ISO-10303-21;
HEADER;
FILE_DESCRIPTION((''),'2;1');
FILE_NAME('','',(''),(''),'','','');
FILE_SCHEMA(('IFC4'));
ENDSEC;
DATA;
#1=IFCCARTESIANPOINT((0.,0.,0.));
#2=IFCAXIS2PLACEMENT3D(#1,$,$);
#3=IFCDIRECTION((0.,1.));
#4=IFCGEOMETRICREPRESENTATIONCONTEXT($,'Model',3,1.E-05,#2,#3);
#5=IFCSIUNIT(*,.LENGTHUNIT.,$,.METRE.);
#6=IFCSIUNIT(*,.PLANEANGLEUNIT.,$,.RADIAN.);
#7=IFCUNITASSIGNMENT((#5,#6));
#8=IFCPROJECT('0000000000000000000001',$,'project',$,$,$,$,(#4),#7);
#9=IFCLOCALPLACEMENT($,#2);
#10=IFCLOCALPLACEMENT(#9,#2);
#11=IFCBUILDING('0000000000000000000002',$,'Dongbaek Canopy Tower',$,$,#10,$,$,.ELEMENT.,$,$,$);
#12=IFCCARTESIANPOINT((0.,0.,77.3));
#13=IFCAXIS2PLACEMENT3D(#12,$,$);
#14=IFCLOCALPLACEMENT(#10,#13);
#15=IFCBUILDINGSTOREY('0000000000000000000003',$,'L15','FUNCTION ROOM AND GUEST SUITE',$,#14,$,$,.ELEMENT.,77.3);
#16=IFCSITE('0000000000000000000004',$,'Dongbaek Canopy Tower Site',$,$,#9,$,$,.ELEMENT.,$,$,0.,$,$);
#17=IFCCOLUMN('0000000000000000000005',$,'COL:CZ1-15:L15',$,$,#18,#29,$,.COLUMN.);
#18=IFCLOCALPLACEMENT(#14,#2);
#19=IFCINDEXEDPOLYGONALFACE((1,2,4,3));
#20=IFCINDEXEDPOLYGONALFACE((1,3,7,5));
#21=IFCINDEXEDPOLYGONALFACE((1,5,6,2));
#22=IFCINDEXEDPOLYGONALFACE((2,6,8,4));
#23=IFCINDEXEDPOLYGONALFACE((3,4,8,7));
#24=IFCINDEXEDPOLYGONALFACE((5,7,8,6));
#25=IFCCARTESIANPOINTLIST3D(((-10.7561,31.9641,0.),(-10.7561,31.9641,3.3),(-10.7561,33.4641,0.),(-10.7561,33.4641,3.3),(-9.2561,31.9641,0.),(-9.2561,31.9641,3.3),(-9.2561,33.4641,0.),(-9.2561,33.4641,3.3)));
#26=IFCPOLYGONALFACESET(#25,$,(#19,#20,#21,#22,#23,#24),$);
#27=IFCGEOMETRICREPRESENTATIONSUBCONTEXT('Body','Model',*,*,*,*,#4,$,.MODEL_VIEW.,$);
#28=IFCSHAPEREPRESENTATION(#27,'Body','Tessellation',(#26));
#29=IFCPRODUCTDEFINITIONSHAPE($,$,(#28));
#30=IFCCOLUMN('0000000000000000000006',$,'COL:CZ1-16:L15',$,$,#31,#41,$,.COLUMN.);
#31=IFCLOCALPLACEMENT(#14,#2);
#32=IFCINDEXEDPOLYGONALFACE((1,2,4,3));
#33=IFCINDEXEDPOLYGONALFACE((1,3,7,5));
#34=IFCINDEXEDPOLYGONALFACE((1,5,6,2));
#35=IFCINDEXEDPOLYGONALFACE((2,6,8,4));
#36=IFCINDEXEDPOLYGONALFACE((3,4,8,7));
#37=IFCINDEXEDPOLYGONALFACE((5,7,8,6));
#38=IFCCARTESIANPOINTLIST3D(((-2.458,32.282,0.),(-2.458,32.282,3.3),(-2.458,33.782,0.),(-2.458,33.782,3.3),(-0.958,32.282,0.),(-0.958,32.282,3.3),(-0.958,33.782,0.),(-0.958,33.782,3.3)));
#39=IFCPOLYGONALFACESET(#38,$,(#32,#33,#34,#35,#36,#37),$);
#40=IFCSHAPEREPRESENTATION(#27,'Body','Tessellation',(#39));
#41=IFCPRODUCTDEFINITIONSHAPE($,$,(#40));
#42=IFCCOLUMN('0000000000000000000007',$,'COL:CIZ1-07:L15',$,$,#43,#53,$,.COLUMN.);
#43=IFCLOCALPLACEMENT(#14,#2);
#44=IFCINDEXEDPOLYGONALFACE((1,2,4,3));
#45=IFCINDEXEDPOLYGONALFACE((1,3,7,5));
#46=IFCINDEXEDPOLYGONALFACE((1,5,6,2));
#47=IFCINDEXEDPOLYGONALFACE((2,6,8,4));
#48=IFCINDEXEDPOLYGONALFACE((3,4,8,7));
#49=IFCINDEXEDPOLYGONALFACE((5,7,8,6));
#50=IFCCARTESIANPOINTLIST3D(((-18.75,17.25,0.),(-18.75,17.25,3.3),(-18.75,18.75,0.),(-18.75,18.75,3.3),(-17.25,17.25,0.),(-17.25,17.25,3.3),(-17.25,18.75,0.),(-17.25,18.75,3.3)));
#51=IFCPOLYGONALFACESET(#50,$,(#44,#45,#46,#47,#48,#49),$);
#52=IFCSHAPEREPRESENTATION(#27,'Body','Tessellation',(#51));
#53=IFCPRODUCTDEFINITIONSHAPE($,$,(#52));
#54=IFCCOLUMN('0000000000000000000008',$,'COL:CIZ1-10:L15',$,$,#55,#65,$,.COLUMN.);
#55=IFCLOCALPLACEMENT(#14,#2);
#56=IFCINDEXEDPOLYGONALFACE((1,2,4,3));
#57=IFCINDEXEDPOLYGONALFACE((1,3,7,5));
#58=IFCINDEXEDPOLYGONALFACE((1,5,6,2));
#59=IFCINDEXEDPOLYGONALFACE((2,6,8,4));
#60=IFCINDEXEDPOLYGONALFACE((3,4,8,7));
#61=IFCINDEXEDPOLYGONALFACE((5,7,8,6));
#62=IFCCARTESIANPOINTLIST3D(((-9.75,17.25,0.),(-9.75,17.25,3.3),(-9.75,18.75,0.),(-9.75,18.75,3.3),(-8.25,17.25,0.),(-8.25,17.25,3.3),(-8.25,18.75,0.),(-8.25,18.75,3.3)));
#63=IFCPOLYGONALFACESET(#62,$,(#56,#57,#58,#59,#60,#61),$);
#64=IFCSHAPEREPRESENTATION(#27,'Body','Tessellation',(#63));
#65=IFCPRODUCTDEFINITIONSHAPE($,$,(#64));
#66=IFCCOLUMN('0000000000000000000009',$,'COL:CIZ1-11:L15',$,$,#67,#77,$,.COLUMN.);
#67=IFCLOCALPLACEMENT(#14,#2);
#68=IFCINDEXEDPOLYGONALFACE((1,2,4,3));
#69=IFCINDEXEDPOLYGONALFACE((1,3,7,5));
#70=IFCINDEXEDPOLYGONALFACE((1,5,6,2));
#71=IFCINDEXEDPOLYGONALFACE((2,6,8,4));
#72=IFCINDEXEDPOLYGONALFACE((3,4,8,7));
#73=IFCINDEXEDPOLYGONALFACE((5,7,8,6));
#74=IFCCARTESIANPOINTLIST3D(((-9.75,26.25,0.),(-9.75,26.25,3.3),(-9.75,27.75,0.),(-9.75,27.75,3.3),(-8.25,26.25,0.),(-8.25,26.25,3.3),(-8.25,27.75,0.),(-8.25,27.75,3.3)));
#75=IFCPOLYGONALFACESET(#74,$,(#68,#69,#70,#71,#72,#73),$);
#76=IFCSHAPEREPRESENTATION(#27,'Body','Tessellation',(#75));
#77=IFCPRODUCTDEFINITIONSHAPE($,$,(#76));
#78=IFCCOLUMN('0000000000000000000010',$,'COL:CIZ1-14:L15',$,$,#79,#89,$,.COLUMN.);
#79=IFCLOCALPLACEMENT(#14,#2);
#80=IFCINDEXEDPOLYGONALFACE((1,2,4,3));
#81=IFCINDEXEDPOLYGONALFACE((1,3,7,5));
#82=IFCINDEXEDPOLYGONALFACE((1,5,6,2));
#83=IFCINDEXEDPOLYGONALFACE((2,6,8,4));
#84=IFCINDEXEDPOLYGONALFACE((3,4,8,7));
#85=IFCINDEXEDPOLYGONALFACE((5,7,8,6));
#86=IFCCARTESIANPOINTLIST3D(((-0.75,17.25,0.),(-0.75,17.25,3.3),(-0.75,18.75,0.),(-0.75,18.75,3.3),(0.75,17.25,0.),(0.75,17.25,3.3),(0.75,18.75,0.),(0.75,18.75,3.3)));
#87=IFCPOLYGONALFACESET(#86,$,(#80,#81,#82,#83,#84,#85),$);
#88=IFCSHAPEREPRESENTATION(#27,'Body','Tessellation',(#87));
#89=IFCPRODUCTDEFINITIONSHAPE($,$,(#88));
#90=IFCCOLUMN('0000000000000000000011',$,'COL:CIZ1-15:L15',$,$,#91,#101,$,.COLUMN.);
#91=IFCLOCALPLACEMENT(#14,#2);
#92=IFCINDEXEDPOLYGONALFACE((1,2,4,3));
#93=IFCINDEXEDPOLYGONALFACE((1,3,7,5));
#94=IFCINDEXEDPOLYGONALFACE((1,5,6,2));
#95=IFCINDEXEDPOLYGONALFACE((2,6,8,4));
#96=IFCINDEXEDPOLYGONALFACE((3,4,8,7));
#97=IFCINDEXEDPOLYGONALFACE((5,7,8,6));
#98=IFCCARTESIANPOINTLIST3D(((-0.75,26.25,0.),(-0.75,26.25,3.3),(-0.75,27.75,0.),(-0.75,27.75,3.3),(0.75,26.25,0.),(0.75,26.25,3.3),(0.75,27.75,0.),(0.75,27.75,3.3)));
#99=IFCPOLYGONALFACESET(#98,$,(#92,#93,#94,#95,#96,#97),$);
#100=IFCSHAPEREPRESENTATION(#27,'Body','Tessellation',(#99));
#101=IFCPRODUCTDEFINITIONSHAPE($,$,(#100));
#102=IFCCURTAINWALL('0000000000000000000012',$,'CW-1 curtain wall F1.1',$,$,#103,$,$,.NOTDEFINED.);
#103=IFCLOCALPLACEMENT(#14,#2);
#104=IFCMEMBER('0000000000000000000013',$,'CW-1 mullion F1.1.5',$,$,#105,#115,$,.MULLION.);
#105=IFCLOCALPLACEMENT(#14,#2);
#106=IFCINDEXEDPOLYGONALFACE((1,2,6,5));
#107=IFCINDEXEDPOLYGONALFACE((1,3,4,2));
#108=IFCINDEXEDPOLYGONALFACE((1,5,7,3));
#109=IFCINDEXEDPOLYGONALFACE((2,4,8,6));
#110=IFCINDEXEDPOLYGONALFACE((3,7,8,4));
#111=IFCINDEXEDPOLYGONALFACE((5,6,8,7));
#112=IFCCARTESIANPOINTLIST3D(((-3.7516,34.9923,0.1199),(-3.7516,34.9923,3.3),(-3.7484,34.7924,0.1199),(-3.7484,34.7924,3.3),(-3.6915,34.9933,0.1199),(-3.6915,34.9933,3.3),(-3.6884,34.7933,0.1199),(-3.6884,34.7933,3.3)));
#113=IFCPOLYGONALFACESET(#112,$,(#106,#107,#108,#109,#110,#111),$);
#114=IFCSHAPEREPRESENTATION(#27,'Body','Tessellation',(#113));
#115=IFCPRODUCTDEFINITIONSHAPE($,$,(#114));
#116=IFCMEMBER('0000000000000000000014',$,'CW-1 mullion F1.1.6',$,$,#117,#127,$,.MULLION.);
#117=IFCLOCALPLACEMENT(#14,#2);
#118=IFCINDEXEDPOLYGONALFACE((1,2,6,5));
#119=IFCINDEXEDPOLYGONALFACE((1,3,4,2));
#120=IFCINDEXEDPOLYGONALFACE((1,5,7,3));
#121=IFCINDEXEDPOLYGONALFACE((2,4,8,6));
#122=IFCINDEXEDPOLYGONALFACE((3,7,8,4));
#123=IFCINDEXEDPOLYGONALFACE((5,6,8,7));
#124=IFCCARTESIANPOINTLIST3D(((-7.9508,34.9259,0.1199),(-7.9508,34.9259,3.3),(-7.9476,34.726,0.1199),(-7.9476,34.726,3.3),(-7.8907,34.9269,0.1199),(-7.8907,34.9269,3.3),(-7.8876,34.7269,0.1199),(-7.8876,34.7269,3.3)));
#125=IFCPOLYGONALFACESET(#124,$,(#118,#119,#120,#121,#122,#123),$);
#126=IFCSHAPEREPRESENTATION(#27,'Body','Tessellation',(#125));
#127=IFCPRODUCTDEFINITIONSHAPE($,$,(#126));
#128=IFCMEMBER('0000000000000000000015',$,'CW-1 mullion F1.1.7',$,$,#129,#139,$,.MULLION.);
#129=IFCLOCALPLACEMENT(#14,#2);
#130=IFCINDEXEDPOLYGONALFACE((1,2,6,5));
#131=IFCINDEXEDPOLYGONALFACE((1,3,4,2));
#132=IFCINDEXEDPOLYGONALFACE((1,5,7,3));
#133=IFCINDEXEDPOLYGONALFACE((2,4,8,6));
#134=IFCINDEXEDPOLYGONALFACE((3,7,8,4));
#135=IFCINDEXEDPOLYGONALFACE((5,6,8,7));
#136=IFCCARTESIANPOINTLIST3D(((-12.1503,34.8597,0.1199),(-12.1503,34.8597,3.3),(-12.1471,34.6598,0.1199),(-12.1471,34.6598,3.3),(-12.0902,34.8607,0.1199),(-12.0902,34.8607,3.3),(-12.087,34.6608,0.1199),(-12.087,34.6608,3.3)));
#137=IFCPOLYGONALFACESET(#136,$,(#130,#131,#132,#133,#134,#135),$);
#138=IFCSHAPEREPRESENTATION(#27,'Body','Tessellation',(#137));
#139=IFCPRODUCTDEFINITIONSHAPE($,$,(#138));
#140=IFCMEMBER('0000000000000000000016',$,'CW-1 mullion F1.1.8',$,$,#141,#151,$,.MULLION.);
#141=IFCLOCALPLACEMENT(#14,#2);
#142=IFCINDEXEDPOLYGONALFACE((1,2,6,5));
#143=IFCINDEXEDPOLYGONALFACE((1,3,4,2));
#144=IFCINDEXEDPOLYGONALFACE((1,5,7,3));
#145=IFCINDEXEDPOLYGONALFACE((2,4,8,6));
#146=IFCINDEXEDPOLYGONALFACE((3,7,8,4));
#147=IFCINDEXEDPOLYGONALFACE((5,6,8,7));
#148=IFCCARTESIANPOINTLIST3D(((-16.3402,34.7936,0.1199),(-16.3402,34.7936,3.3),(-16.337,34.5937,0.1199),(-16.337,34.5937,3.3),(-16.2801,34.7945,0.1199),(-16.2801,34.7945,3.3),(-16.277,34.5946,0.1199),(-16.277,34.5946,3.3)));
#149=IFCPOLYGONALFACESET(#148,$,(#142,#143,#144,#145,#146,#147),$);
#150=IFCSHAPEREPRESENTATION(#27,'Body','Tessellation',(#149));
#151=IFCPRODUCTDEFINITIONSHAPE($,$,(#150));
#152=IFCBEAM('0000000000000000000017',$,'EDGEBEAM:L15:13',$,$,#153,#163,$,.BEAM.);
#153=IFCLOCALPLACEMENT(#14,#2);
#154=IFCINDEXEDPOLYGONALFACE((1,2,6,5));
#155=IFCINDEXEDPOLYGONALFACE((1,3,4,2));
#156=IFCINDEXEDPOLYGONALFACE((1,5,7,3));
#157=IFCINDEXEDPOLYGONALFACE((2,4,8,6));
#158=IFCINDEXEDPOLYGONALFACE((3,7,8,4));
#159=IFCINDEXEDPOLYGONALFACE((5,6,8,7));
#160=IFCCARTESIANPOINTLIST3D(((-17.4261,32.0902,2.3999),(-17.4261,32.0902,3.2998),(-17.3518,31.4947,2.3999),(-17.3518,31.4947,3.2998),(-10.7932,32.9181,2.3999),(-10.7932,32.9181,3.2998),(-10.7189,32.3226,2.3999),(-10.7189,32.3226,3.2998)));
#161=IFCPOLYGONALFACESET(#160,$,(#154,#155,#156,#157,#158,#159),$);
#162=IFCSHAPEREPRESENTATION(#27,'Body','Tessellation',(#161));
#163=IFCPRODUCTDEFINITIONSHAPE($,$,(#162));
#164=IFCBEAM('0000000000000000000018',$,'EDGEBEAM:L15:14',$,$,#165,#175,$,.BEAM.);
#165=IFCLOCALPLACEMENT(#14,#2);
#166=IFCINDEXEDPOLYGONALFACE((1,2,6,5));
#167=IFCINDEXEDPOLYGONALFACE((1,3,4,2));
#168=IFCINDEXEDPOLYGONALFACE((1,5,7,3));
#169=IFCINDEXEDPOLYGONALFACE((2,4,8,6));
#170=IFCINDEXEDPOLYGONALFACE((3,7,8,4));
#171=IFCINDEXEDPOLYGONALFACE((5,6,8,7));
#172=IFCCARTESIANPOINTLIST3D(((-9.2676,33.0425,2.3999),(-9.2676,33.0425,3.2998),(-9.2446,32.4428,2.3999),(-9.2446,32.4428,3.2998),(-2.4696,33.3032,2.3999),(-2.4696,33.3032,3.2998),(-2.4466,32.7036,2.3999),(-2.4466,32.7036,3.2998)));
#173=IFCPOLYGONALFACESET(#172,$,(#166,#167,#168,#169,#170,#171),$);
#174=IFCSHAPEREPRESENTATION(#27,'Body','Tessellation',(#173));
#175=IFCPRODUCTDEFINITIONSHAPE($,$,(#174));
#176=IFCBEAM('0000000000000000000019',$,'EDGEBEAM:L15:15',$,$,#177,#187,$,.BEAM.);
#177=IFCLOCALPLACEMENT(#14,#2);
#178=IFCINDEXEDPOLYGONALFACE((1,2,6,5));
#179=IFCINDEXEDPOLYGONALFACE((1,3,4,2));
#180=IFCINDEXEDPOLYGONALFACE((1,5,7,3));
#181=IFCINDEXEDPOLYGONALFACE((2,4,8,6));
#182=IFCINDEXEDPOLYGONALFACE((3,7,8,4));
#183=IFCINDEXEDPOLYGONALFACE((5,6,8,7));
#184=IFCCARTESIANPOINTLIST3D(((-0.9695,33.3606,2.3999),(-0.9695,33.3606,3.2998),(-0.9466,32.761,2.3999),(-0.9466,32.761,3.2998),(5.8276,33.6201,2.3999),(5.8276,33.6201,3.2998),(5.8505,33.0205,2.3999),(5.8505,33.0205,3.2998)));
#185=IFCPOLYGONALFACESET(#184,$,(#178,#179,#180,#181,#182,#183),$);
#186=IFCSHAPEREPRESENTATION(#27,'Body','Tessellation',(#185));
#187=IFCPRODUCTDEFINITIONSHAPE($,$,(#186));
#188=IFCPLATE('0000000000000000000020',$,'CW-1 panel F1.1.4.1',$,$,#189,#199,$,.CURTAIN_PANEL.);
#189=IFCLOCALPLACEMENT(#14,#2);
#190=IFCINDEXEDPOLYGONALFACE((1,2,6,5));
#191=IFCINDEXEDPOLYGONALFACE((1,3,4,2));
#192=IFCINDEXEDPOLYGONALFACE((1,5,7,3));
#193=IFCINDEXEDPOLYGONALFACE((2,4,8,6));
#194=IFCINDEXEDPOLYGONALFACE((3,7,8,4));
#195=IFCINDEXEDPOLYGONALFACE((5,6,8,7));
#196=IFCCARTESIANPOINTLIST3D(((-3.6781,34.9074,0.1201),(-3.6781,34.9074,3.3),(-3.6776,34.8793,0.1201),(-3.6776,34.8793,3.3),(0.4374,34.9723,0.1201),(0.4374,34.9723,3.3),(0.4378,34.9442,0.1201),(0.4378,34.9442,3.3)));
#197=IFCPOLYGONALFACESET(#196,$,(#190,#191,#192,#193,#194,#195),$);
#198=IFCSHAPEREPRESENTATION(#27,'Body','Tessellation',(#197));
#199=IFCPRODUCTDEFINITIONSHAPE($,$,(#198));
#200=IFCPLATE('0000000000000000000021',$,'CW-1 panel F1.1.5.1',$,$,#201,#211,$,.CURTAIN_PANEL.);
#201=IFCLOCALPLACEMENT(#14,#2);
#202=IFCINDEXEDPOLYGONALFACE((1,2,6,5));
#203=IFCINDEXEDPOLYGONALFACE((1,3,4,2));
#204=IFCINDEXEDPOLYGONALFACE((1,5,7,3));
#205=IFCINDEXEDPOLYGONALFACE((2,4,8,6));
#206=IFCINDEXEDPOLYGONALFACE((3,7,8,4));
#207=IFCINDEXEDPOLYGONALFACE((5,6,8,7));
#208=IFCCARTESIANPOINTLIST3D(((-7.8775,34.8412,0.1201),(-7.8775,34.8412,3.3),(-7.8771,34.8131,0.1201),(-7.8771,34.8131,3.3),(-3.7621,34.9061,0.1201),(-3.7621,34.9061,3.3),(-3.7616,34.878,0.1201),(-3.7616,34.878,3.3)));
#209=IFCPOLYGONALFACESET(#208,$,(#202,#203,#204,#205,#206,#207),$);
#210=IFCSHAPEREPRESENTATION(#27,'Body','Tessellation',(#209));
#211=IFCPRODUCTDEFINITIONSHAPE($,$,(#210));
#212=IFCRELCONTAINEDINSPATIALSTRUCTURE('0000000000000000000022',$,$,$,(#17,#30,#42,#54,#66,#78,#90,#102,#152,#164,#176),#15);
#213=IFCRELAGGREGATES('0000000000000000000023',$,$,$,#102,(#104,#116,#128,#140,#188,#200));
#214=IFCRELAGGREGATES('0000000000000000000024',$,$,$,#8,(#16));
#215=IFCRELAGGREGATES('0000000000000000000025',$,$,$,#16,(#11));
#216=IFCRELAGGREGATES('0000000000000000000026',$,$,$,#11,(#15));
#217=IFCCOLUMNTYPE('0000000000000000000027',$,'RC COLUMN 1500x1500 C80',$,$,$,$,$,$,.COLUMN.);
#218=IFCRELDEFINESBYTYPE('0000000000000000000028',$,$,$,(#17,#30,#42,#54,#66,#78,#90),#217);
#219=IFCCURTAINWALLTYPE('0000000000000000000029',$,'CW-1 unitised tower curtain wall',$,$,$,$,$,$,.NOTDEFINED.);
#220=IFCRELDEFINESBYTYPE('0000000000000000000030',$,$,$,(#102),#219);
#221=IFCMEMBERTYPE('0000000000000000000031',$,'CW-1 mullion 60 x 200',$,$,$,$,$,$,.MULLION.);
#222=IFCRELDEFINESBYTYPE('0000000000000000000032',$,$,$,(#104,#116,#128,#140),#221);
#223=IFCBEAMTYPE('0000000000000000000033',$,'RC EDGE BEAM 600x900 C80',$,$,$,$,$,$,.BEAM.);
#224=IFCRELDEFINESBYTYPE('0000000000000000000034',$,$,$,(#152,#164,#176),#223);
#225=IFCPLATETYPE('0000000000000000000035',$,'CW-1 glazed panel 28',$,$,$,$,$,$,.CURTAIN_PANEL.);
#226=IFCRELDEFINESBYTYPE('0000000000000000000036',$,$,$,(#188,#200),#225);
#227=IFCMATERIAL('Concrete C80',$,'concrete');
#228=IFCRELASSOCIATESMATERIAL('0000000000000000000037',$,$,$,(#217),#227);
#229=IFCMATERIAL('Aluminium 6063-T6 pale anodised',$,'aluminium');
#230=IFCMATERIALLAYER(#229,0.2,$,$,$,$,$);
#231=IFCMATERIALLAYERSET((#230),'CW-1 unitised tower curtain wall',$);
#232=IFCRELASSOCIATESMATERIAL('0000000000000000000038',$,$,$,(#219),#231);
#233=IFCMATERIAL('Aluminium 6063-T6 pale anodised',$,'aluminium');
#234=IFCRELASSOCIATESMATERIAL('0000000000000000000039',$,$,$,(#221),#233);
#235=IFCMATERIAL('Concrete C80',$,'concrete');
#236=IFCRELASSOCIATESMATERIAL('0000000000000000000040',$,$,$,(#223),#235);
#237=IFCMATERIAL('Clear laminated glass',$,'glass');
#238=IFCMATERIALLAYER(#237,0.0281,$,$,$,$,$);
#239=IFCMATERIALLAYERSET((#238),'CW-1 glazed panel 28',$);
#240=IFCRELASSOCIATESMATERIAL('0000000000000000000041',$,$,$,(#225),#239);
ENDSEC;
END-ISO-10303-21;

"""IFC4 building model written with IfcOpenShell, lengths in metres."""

from ifc_helpers import new_model, si_unit, direction, frame, origin, origin_2d, place, context, subcontext, project, spatial, rectangle, extrude, material, layer, layer_set, material_profile, profile_set, type_object, element, aggregate, save


model = new_model("IFC4")

# Units and contexts
model_context = context("Model", 3, precision=1e-05, world=origin(), true_north=direction((0.0, 1.0)))
body_context = subcontext(model_context, "Body", "Model", "MODEL_VIEW")
ifc_project = project(units=[si_unit("LENGTHUNIT", "METRE"), si_unit("PLANEANGLEUNIT", "RADIAN")], contexts=[model_context])

# Site, building, storey
site_placement = place(None, origin())
site = spatial("IfcSite", under=ifc_project, at=site_placement, Name="Dongbaek Canopy Tower Site", CompositionType="ELEMENT", RefElevation=0.0)
building_placement = place(site_placement, origin())
building = spatial("IfcBuilding", under=site, at=building_placement, Name="Dongbaek Canopy Tower", CompositionType="ELEMENT")
storey_placement = place(building_placement, frame((0.0, 0.0, 77.3)))
storey = spatial("IfcBuildingStorey", under=building, at=storey_placement, Name="L15", Description="FUNCTION ROOM AND GUEST SUITE", CompositionType="ELEMENT", Elevation=77.3)

# Columns
ifc_material_1 = material(Name="Concrete C80", Category="concrete")
ifc_material_profile_1 = material_profile(ifc_material_1, rectangle(XDim=1.5, YDim=1.5, at=origin_2d()), Name="RC COLUMN 1500x1500 C80")
ifc_profile_set_1 = profile_set([ifc_material_profile_1], Name="Concrete C80")
column_type = type_object("IfcColumnType", Name="RC COLUMN 1500x1500 C80", PredefinedType="COLUMN", material=ifc_profile_set_1)
for number, where, z_axis, x_axis, name in (
    (1, (-10.0061, 32.7141, 0.0), (0.0, 0.0, 1.0), (1.0, 0.0, 0.0), "COL:CZ1-15:L15"),
    (2, (-1.708, 33.032, 0.0), (0.0, 0.0, 1.0), (1.0, 0.0, 0.0), "COL:CZ1-16:L15"),
    (3, (-18.0, 18.0, 0.0), (0.0, 0.0, 1.0), (1.0, 0.0, 0.0), "COL:CIZ1-07:L15"),
    (4, (-9.0, 18.0, 0.0), (0.0, 0.0, 1.0), (1.0, 0.0, 0.0), "COL:CIZ1-10:L15"),
    (5, (-9.0, 27.0, 0.0), (0.0, 0.0, 1.0), (1.0, 0.0, 0.0), "COL:CIZ1-11:L15"),
    (6, (0.0, 18.0, 0.0), (0.0, 0.0, 1.0), (1.0, 0.0, 0.0), "COL:CIZ1-14:L15"),
    (7, (0.0, 27.0, 0.0), (0.0, 0.0, 1.0), (1.0, 0.0, 0.0), "COL:CIZ1-15:L15"),
):
    element("IfcColumn", number, at=place(storey_placement, frame(where, z_axis=z_axis, x_axis=x_axis)), inside=storey, type_object=column_type, Name=name, PredefinedType="COLUMN", context=body_context, shape_type="SweptSolid", body=[
        extrude(rectangle(XDim=1.5, YDim=1.5, at=origin_2d()), origin(), (0.0, 0.0, 1.0), 3.3),
    ])

# Curtain wall, members
ifc_material_2 = material(Name="Aluminium 6063-T6 pale anodised", Category="aluminium")
ifc_layer_1 = layer(ifc_material_2, 0.2)
ifc_layer_set_1 = layer_set([ifc_layer_1], Name="CW-1 unitised tower curtain wall")
curtain_wall_type = type_object("IfcCurtainWallType", Name="CW-1 unitised tower curtain wall", PredefinedType="NOTDEFINED", material=ifc_layer_set_1)
curtain_wall_1_placement = place(storey_placement, origin())
curtain_wall_1 = element("IfcCurtainWall", 8, at=curtain_wall_1_placement, inside=storey, type_object=curtain_wall_type, Name="CW-1 curtain wall F1.1", PredefinedType="NOTDEFINED")
ifc_material_3 = material(Name="Aluminium 6063-T6 pale anodised", Category="aluminium")
ifc_material_profile_2 = material_profile(ifc_material_3, rectangle(XDim=0.2, YDim=0.0601, at=origin_2d()), Name="CW-1 mullion 60 x 200")
ifc_profile_set_2 = profile_set([ifc_material_profile_2], Name="Aluminium 6063-T6 pale anodised")
member_type = type_object("IfcMemberType", Name="CW-1 mullion 60 x 200", PredefinedType="MULLION", material=ifc_profile_set_2)
member_1_placement = place(storey_placement, frame((-3.72, 34.8928, 0.1199), z_axis=(0.0, 0.0, 1.0), x_axis=(-0.015774, 0.999876, 0.0)))
member_1 = element("IfcMember", 9, at=member_1_placement, type_object=member_type, Name="CW-1 mullion F1.1.5", PredefinedType="MULLION", context=body_context, shape_type="SweptSolid", body=[
    extrude(rectangle(XDim=0.2, YDim=0.0601, at=origin_2d()), origin(), (0.0, 0.0, 1.0), 3.1802),
])
member_2_placement = place(storey_placement, frame((-7.9192, 34.8264, 0.1199), z_axis=(0.0, 0.0, 1.0), x_axis=(-0.015774, 0.999876, 0.0)))
member_2 = element("IfcMember", 10, at=member_2_placement, type_object=member_type, Name="CW-1 mullion F1.1.6", PredefinedType="MULLION", context=body_context, shape_type="SweptSolid", body=[
    extrude(rectangle(XDim=0.2, YDim=0.0601, at=origin_2d()), origin(), (0.0, 0.0, 1.0), 3.1802),
])
member_3_placement = place(storey_placement, frame((-12.1187, 34.7603, 0.1199), z_axis=(0.0, 0.0, 1.0), x_axis=(-0.015774, 0.999876, 0.0)))
member_3 = element("IfcMember", 11, at=member_3_placement, type_object=member_type, Name="CW-1 mullion F1.1.7", PredefinedType="MULLION", context=body_context, shape_type="SweptSolid", body=[
    extrude(rectangle(XDim=0.2, YDim=0.0601, at=origin_2d()), origin(), (0.0, 0.0, 1.0), 3.1802),
])
member_4_placement = place(storey_placement, frame((-16.3086, 34.6941, 0.1199), z_axis=(0.0, 0.0, 1.0), x_axis=(-0.015774, 0.999876, 0.0)))
member_4 = element("IfcMember", 12, at=member_4_placement, type_object=member_type, Name="CW-1 mullion F1.1.8", PredefinedType="MULLION", context=body_context, shape_type="SweptSolid", body=[
    extrude(rectangle(XDim=0.2, YDim=0.0601, at=origin_2d()), origin(), (0.0, 0.0, 1.0), 3.1802),
])

# Beams
ifc_material_4 = material(Name="Concrete C80", Category="concrete")
ifc_material_profile_3 = material_profile(ifc_material_4, rectangle(XDim=0.6001, YDim=0.8999, at=origin_2d()), Name="RC EDGE BEAM 600x900 C80")
ifc_profile_set_3 = profile_set([ifc_material_profile_3], Name="Concrete C80")
beam_type = type_object("IfcBeamType", Name="RC EDGE BEAM 600x900 C80", PredefinedType="BEAM", material=ifc_profile_set_3)
beam_1_placement = place(storey_placement, frame((-17.3889, 31.7925, 2.8499), z_axis=(0.9923, 0.123855, 0.0), x_axis=(-0.123855, 0.9923, 0.0)))
element("IfcBeam", 13, at=beam_1_placement, inside=storey, type_object=beam_type, Name="EDGEBEAM:L15:13", PredefinedType="BEAM", context=body_context, shape_type="SweptSolid", body=[
    extrude(rectangle(XDim=0.6001, YDim=0.8999, at=origin_2d()), origin(), (0.0, 0.0, 1.0), 6.6843),
])
beam_2_placement = place(storey_placement, frame((-9.2561, 32.7427, 2.8499), z_axis=(0.999265, 0.038327, 0.0), x_axis=(-0.038327, 0.999265, 0.0)))
element("IfcBeam", 14, at=beam_2_placement, inside=storey, type_object=beam_type, Name="EDGEBEAM:L15:14", PredefinedType="BEAM", context=body_context, shape_type="SweptSolid", body=[
    extrude(rectangle(XDim=0.6001, YDim=0.8999, at=origin_2d()), origin(), (0.0, 0.0, 1.0), 6.803),
])
beam_3_placement = place(storey_placement, frame((-0.958, 33.0608, 2.8499), z_axis=(0.999272, 0.038153, 0.0), x_axis=(-0.038153, 0.999272, 0.0)))
element("IfcBeam", 15, at=beam_3_placement, inside=storey, type_object=beam_type, Name="EDGEBEAM:L15:15", PredefinedType="BEAM", context=body_context, shape_type="SweptSolid", body=[
    extrude(rectangle(XDim=0.6001, YDim=0.8999, at=origin_2d()), origin(), (0.0, 0.0, 1.0), 6.802),
])

# Plates
ifc_material_5 = material(Name="Clear laminated glass", Category="glass")
ifc_layer_2 = layer(ifc_material_5, 0.0281)
ifc_layer_set_2 = layer_set([ifc_layer_2], Name="CW-1 glazed panel 28")
plate_type = type_object("IfcPlateType", Name="CW-1 glazed panel 28", PredefinedType="CURTAIN_PANEL", material=ifc_layer_set_2)
plate_1_placement = place(storey_placement, frame((-1.6201, 34.9258, 0.1201), z_axis=(0.0, 0.0, 1.0), x_axis=(-0.999876, -0.015774, 0.0)))
plate_1 = element("IfcPlate", 16, at=plate_1_placement, type_object=plate_type, Name="CW-1 panel F1.1.4.1", PredefinedType="CURTAIN_PANEL", context=body_context, shape_type="SweptSolid", body=[
    extrude(rectangle(XDim=4.116, YDim=0.0281, at=origin_2d()), origin(), (0.0, 0.0, 1.0), 3.1799),
])
plate_2_placement = place(storey_placement, frame((-5.8196, 34.8596, 0.1201), z_axis=(0.0, 0.0, 1.0), x_axis=(-0.999876, -0.015774, 0.0)))
plate_2 = element("IfcPlate", 17, at=plate_2_placement, type_object=plate_type, Name="CW-1 panel F1.1.5.1", PredefinedType="CURTAIN_PANEL", context=body_context, shape_type="SweptSolid", body=[
    extrude(rectangle(XDim=4.116, YDim=0.0281, at=origin_2d()), origin(), (0.0, 0.0, 1.0), 3.1799),
])

aggregate(curtain_wall_1, [member_1, member_2, member_3, member_4, plate_1, plate_2])

save(model, "model.ifc")
